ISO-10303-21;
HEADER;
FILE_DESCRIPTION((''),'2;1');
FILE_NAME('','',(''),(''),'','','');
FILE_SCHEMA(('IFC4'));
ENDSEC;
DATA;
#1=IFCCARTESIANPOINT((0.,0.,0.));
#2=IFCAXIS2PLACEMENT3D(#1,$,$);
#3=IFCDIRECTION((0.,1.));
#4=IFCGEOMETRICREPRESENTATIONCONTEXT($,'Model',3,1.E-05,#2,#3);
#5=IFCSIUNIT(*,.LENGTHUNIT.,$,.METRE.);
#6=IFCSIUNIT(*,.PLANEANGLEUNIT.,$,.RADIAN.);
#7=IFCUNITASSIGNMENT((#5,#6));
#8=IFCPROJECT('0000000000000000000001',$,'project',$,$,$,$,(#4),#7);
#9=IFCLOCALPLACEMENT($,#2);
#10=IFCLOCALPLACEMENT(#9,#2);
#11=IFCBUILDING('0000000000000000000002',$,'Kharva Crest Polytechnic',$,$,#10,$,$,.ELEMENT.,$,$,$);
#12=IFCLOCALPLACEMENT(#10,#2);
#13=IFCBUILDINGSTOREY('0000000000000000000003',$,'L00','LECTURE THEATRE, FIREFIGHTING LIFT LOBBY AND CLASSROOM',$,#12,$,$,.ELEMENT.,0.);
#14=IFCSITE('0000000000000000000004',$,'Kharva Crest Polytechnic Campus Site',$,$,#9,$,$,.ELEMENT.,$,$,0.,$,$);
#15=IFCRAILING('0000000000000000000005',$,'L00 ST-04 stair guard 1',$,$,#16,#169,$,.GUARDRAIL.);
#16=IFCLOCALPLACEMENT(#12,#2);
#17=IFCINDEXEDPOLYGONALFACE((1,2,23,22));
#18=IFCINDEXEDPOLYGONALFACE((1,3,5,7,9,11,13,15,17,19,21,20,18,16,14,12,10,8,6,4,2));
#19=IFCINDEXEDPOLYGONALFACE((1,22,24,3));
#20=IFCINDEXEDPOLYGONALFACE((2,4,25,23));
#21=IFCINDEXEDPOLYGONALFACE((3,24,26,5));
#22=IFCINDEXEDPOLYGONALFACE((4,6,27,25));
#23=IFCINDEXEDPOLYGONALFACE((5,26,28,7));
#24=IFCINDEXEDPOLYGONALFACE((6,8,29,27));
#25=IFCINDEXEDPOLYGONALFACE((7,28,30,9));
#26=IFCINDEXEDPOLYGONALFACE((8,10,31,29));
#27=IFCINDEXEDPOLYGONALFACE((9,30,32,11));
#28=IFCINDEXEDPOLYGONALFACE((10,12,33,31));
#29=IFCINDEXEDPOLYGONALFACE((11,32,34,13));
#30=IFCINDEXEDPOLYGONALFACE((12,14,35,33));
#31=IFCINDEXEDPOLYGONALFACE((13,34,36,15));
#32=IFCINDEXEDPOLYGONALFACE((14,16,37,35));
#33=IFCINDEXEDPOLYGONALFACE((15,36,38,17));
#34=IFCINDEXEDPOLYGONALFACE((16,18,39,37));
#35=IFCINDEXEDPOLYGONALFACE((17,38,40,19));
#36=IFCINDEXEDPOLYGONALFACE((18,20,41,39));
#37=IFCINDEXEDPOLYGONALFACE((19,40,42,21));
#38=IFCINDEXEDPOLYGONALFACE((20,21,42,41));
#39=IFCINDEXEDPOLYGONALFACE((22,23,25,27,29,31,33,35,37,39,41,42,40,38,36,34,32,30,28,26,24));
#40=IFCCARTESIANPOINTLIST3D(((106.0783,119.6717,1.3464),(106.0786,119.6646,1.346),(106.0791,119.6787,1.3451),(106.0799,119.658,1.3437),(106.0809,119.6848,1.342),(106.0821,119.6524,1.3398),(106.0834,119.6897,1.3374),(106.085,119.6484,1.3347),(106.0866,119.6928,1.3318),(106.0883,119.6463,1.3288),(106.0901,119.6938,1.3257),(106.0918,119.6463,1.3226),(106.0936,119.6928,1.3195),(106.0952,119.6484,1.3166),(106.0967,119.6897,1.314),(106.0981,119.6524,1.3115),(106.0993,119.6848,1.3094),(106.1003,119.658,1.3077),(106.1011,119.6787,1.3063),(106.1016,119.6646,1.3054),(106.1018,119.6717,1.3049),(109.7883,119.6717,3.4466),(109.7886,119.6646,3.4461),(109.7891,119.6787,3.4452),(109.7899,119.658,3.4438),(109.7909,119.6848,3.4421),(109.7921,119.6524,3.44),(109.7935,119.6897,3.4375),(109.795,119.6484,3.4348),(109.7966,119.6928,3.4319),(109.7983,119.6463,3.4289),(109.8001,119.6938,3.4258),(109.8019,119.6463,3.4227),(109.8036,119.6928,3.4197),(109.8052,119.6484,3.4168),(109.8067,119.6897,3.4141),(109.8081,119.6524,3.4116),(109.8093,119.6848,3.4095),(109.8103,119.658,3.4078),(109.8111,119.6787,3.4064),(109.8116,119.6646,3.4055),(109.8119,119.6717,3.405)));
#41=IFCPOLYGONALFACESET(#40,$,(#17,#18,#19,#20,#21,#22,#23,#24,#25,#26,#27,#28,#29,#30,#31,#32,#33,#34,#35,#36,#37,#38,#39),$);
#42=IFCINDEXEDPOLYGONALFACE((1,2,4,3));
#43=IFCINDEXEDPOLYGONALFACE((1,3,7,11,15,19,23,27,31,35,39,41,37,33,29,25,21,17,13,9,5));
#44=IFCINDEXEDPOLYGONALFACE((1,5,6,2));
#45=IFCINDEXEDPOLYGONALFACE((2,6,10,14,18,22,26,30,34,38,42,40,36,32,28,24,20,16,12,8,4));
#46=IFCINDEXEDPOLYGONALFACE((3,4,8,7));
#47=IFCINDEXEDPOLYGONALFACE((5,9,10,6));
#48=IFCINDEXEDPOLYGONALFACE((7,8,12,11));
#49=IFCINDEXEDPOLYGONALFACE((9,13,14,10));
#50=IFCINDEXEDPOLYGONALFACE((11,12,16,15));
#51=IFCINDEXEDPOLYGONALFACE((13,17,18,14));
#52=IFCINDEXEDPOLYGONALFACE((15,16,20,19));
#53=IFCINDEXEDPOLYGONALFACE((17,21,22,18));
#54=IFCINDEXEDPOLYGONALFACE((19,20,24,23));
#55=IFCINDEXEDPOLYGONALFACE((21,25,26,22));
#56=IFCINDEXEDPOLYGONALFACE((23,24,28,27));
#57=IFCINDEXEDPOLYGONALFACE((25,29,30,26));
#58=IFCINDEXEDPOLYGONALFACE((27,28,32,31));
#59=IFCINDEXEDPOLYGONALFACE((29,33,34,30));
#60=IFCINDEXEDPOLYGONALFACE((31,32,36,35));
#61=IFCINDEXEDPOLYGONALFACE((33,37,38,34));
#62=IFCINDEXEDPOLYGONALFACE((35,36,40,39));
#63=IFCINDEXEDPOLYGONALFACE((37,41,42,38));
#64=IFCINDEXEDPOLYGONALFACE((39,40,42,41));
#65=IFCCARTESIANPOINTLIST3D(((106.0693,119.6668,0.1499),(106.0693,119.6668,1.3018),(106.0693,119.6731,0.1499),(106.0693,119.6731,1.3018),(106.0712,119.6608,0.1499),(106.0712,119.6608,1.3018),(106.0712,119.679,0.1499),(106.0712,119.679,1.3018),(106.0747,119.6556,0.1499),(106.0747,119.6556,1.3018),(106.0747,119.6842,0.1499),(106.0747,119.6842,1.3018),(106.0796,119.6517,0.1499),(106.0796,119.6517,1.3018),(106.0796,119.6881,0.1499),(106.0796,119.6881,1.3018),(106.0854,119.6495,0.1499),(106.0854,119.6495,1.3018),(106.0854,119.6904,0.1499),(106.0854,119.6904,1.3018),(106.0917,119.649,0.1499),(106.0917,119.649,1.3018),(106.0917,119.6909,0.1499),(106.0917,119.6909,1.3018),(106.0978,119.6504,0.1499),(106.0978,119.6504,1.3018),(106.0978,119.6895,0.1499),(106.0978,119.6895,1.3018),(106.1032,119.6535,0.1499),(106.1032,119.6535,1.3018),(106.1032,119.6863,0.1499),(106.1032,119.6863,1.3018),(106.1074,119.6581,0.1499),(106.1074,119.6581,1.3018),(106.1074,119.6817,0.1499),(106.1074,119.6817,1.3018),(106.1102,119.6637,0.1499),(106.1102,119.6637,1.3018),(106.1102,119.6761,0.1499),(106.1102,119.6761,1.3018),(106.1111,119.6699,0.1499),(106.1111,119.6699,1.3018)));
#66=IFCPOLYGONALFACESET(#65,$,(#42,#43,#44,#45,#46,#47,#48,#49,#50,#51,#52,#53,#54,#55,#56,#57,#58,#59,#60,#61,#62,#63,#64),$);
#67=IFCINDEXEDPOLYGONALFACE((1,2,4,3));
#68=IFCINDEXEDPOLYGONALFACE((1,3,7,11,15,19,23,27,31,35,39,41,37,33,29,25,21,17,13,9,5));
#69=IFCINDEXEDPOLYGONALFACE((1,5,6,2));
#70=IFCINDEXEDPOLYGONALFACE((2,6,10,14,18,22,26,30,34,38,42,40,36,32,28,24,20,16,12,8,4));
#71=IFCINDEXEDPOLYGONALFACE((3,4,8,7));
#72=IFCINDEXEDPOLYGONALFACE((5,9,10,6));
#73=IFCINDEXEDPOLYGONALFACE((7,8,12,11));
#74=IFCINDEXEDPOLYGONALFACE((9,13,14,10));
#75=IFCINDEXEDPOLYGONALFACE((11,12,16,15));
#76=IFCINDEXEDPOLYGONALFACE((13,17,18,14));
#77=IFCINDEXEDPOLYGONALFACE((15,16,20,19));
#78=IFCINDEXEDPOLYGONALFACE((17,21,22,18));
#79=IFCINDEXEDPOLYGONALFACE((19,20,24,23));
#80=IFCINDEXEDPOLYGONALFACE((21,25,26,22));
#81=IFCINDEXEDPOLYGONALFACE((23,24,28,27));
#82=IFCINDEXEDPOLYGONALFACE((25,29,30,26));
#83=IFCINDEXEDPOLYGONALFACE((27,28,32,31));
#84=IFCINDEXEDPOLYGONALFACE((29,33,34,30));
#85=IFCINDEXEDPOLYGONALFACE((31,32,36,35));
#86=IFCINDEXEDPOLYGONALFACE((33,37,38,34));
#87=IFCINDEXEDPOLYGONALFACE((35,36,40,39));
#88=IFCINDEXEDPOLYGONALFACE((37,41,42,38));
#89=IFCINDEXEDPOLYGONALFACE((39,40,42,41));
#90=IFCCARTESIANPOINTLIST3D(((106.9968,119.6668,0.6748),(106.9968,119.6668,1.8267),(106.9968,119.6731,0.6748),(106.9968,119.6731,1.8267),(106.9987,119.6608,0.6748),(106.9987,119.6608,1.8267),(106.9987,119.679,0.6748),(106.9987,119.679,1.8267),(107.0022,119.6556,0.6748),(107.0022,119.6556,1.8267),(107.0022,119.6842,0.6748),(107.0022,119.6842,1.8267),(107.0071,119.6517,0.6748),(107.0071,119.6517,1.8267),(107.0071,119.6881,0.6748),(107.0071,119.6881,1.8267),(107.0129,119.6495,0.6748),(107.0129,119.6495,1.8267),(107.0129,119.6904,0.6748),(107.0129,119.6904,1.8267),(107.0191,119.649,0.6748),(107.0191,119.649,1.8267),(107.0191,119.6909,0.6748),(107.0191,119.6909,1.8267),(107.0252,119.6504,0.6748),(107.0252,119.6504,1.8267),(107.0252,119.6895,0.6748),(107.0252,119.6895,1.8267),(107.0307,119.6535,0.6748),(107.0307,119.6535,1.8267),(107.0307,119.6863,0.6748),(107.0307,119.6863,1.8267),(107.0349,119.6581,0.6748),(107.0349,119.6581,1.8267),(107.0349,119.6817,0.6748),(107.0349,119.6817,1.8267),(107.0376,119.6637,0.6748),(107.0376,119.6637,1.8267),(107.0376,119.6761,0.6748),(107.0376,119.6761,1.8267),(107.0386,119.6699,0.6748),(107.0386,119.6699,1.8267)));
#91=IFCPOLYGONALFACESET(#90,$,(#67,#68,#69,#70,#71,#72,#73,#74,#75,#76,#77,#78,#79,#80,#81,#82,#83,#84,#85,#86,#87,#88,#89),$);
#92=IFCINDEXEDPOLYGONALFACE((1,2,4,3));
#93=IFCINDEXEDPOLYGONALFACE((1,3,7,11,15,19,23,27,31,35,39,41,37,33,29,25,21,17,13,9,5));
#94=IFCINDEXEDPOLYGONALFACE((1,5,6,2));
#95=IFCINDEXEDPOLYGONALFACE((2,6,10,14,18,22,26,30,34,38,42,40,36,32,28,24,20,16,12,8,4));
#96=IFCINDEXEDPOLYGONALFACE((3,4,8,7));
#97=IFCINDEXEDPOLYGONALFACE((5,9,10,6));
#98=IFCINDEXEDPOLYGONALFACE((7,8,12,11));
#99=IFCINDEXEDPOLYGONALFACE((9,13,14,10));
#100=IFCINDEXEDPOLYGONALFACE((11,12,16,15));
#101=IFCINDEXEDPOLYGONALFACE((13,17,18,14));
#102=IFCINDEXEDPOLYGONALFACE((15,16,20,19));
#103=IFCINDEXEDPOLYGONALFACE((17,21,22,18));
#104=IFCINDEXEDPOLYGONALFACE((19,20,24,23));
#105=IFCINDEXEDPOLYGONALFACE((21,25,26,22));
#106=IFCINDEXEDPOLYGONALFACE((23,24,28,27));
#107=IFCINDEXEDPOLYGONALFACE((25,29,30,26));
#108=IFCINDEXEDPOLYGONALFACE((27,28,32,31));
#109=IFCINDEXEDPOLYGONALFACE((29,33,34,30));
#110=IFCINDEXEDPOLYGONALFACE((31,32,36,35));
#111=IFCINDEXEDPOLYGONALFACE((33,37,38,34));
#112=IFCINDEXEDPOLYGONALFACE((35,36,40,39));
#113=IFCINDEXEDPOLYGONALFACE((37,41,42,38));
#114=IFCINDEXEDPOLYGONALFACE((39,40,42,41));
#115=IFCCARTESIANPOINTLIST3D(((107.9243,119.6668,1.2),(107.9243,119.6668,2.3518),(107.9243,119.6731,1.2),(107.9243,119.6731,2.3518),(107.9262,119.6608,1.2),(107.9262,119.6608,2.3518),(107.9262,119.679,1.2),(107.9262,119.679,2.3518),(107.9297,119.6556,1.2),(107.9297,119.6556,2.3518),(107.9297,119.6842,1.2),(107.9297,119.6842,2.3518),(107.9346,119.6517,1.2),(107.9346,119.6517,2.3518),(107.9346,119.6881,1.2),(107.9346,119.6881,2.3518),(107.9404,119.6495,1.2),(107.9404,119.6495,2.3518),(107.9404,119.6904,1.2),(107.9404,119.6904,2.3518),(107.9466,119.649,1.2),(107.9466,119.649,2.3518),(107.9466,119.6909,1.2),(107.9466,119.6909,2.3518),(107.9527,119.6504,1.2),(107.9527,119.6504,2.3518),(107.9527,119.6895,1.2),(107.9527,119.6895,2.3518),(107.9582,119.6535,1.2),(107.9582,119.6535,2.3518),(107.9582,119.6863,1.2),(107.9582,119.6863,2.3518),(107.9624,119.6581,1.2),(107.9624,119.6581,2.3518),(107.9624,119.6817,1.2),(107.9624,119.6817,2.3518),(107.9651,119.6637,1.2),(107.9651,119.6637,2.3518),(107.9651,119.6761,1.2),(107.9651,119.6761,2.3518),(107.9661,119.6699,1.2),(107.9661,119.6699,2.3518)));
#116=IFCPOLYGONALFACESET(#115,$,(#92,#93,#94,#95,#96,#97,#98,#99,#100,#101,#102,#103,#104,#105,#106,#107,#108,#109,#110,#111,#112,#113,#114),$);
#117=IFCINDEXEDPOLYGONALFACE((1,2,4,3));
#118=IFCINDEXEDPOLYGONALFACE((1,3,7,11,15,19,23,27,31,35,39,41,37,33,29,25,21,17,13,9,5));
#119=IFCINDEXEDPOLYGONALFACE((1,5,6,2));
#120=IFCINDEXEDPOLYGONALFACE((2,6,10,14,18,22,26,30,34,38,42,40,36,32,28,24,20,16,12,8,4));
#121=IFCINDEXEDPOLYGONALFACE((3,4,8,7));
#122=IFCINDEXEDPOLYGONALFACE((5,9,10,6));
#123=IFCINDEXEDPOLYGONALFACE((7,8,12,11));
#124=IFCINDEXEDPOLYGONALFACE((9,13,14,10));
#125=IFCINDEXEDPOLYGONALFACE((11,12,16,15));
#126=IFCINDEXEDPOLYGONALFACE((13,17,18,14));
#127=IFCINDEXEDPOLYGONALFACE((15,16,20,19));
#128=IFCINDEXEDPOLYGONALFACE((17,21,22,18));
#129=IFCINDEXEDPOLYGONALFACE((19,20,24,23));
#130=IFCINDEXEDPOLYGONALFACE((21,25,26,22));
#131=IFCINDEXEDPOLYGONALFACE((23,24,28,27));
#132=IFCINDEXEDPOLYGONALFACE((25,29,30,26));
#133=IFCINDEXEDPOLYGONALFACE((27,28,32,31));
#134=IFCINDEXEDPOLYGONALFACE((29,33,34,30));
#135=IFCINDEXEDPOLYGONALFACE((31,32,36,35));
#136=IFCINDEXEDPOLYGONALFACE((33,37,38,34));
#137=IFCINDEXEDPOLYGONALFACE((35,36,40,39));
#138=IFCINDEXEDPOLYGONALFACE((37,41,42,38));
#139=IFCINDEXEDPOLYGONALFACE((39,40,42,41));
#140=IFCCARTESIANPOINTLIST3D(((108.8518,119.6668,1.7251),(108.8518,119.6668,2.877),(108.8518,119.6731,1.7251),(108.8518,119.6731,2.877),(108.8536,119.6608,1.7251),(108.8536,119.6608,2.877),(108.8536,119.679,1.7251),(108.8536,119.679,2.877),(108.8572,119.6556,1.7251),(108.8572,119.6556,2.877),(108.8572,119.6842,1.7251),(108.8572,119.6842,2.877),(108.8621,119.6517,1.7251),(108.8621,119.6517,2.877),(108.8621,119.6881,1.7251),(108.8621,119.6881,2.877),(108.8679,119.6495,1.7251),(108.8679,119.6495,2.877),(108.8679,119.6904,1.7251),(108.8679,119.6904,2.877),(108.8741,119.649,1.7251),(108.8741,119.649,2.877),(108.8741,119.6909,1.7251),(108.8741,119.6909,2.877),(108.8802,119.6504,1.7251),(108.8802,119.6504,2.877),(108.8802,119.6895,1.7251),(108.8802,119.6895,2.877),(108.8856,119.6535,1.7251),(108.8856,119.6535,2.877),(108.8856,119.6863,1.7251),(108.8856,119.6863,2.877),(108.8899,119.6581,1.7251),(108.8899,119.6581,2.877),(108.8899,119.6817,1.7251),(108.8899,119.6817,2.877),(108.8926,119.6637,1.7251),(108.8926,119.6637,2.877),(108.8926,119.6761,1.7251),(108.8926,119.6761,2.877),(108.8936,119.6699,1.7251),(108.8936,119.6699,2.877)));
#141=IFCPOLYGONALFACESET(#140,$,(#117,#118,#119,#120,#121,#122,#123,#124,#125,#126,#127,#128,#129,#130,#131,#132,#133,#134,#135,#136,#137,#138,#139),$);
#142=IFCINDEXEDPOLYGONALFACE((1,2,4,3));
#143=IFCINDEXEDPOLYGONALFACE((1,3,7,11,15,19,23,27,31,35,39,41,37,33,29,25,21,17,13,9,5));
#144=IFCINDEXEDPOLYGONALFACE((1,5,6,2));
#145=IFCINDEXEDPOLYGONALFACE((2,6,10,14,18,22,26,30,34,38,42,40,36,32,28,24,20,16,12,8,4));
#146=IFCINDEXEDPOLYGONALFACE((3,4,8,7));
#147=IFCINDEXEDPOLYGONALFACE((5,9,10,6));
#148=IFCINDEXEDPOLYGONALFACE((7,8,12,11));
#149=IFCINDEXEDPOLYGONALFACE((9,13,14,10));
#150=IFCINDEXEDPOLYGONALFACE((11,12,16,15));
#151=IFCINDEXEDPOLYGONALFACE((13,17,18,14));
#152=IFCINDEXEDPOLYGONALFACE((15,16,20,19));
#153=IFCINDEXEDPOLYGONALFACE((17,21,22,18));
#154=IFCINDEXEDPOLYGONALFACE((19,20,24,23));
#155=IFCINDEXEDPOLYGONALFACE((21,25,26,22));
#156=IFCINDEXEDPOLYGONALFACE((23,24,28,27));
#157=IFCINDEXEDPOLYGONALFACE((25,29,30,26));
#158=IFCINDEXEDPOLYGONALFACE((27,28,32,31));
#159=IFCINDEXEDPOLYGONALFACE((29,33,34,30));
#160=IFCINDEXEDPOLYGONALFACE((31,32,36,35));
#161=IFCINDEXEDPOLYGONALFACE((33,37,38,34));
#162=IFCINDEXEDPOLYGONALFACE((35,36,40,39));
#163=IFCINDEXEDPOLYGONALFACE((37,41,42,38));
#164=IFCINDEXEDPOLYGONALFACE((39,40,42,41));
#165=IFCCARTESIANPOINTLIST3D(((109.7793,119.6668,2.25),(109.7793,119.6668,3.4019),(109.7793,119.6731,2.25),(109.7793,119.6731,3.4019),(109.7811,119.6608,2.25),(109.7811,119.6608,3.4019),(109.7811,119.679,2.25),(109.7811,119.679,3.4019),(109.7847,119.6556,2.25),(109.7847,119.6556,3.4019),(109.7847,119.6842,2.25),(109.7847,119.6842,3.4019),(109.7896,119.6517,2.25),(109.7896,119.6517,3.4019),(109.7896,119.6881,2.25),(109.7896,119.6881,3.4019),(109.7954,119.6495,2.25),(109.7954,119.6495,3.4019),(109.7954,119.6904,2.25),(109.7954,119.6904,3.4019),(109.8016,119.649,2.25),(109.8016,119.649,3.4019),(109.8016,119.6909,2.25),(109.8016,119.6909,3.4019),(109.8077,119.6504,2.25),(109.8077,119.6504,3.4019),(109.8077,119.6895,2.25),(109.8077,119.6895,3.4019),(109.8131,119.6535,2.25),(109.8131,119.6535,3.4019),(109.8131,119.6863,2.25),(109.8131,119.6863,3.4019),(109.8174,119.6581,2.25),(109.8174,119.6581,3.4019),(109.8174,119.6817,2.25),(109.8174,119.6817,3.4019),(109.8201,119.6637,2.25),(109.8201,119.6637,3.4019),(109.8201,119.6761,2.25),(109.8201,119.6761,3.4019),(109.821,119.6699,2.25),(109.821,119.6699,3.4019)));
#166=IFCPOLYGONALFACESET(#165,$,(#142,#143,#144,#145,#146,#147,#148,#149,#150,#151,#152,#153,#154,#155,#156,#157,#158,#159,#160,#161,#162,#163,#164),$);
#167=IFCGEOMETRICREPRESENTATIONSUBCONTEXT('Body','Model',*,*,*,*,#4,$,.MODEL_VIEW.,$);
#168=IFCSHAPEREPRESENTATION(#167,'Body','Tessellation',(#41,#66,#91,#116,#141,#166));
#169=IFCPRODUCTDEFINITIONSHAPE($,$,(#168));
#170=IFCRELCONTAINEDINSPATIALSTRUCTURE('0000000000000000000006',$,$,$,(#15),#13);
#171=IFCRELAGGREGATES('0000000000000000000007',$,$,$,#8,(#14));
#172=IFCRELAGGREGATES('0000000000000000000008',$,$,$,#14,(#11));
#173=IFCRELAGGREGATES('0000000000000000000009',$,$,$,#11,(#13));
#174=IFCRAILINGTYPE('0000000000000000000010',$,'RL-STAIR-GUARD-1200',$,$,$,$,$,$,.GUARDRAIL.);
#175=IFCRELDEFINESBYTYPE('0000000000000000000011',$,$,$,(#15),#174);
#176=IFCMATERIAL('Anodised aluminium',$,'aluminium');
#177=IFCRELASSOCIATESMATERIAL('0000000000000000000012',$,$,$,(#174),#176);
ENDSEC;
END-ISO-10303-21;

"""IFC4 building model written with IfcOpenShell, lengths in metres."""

from ifc_helpers import new_model, si_unit, direction, frame, origin, origin_2d, place, context, subcontext, project, spatial, circle, extrude, material, type_object, element, save


model = new_model("IFC4")

# Units and contexts
model_context = context("Model", 3, precision=1e-05, world=origin(), true_north=direction((0.0, 1.0)))
body_context = subcontext(model_context, "Body", "Model", "MODEL_VIEW")
ifc_project = project(units=[si_unit("LENGTHUNIT", "METRE"), si_unit("PLANEANGLEUNIT", "RADIAN")], contexts=[model_context])

# Site, building, storey
site_placement = place(None, origin())
site = spatial("IfcSite", under=ifc_project, at=site_placement, Name="Kharva Crest Polytechnic Campus Site", CompositionType="ELEMENT", RefElevation=0.0)
building_placement = place(site_placement, origin())
building = spatial("IfcBuilding", under=site, at=building_placement, Name="Kharva Crest Polytechnic", CompositionType="ELEMENT")
storey_placement = place(building_placement, origin())
storey = spatial("IfcBuildingStorey", under=building, at=storey_placement, Name="L00", Description="LECTURE THEATRE, FIREFIGHTING LIFT LOBBY AND CLASSROOM", CompositionType="ELEMENT", Elevation=0.0)

# Railing
ifc_material_1 = material(Name="Anodised aluminium", Category="aluminium")
railing_type_1 = type_object("IfcRailingType", Name="RL-STAIR-GUARD-1200", PredefinedType="GUARDRAIL", material=ifc_material_1)
railing_1_placement = place(storey_placement, frame((106.0901, 119.6699, 0.1499)))
element("IfcRailing", 1, at=railing_1_placement, inside=storey, type_object=railing_type_1, Name="L00 ST-04 stair guard 1", PredefinedType="GUARDRAIL", context=body_context, shape_type="SweptSolid", body=[
    extrude(circle(Radius=0.0239, at=origin_2d()), frame((0.0, 0.0, 1.1758), z_axis=(0.870245, 0.0, 0.492619), x_axis=(0.0, 1.0, 0.0)), (0.0, 0.0, 1.0), 4.2632),
    extrude(circle(Radius=0.021, at=origin_2d()), origin(), (0.0, 0.0, 1.0), 1.1519),
    extrude(circle(Radius=0.021, at=origin_2d()), frame((0.9275, 0.0, 0.5249)), (0.0, 0.0, 1.0), 1.1519),
    extrude(circle(Radius=0.021, at=origin_2d()), frame((1.855, 0.0, 1.05)), (0.0, 0.0, 1.0), 1.1519),
    extrude(circle(Radius=0.021, at=origin_2d()), frame((2.7825, 0.0, 1.5752)), (0.0, 0.0, 1.0), 1.1519),
    extrude(circle(Radius=0.021, at=origin_2d()), frame((3.71, 0.0, 2.1001)), (0.0, 0.0, 1.0), 1.1519),
])

save(model, "model.ifc")
